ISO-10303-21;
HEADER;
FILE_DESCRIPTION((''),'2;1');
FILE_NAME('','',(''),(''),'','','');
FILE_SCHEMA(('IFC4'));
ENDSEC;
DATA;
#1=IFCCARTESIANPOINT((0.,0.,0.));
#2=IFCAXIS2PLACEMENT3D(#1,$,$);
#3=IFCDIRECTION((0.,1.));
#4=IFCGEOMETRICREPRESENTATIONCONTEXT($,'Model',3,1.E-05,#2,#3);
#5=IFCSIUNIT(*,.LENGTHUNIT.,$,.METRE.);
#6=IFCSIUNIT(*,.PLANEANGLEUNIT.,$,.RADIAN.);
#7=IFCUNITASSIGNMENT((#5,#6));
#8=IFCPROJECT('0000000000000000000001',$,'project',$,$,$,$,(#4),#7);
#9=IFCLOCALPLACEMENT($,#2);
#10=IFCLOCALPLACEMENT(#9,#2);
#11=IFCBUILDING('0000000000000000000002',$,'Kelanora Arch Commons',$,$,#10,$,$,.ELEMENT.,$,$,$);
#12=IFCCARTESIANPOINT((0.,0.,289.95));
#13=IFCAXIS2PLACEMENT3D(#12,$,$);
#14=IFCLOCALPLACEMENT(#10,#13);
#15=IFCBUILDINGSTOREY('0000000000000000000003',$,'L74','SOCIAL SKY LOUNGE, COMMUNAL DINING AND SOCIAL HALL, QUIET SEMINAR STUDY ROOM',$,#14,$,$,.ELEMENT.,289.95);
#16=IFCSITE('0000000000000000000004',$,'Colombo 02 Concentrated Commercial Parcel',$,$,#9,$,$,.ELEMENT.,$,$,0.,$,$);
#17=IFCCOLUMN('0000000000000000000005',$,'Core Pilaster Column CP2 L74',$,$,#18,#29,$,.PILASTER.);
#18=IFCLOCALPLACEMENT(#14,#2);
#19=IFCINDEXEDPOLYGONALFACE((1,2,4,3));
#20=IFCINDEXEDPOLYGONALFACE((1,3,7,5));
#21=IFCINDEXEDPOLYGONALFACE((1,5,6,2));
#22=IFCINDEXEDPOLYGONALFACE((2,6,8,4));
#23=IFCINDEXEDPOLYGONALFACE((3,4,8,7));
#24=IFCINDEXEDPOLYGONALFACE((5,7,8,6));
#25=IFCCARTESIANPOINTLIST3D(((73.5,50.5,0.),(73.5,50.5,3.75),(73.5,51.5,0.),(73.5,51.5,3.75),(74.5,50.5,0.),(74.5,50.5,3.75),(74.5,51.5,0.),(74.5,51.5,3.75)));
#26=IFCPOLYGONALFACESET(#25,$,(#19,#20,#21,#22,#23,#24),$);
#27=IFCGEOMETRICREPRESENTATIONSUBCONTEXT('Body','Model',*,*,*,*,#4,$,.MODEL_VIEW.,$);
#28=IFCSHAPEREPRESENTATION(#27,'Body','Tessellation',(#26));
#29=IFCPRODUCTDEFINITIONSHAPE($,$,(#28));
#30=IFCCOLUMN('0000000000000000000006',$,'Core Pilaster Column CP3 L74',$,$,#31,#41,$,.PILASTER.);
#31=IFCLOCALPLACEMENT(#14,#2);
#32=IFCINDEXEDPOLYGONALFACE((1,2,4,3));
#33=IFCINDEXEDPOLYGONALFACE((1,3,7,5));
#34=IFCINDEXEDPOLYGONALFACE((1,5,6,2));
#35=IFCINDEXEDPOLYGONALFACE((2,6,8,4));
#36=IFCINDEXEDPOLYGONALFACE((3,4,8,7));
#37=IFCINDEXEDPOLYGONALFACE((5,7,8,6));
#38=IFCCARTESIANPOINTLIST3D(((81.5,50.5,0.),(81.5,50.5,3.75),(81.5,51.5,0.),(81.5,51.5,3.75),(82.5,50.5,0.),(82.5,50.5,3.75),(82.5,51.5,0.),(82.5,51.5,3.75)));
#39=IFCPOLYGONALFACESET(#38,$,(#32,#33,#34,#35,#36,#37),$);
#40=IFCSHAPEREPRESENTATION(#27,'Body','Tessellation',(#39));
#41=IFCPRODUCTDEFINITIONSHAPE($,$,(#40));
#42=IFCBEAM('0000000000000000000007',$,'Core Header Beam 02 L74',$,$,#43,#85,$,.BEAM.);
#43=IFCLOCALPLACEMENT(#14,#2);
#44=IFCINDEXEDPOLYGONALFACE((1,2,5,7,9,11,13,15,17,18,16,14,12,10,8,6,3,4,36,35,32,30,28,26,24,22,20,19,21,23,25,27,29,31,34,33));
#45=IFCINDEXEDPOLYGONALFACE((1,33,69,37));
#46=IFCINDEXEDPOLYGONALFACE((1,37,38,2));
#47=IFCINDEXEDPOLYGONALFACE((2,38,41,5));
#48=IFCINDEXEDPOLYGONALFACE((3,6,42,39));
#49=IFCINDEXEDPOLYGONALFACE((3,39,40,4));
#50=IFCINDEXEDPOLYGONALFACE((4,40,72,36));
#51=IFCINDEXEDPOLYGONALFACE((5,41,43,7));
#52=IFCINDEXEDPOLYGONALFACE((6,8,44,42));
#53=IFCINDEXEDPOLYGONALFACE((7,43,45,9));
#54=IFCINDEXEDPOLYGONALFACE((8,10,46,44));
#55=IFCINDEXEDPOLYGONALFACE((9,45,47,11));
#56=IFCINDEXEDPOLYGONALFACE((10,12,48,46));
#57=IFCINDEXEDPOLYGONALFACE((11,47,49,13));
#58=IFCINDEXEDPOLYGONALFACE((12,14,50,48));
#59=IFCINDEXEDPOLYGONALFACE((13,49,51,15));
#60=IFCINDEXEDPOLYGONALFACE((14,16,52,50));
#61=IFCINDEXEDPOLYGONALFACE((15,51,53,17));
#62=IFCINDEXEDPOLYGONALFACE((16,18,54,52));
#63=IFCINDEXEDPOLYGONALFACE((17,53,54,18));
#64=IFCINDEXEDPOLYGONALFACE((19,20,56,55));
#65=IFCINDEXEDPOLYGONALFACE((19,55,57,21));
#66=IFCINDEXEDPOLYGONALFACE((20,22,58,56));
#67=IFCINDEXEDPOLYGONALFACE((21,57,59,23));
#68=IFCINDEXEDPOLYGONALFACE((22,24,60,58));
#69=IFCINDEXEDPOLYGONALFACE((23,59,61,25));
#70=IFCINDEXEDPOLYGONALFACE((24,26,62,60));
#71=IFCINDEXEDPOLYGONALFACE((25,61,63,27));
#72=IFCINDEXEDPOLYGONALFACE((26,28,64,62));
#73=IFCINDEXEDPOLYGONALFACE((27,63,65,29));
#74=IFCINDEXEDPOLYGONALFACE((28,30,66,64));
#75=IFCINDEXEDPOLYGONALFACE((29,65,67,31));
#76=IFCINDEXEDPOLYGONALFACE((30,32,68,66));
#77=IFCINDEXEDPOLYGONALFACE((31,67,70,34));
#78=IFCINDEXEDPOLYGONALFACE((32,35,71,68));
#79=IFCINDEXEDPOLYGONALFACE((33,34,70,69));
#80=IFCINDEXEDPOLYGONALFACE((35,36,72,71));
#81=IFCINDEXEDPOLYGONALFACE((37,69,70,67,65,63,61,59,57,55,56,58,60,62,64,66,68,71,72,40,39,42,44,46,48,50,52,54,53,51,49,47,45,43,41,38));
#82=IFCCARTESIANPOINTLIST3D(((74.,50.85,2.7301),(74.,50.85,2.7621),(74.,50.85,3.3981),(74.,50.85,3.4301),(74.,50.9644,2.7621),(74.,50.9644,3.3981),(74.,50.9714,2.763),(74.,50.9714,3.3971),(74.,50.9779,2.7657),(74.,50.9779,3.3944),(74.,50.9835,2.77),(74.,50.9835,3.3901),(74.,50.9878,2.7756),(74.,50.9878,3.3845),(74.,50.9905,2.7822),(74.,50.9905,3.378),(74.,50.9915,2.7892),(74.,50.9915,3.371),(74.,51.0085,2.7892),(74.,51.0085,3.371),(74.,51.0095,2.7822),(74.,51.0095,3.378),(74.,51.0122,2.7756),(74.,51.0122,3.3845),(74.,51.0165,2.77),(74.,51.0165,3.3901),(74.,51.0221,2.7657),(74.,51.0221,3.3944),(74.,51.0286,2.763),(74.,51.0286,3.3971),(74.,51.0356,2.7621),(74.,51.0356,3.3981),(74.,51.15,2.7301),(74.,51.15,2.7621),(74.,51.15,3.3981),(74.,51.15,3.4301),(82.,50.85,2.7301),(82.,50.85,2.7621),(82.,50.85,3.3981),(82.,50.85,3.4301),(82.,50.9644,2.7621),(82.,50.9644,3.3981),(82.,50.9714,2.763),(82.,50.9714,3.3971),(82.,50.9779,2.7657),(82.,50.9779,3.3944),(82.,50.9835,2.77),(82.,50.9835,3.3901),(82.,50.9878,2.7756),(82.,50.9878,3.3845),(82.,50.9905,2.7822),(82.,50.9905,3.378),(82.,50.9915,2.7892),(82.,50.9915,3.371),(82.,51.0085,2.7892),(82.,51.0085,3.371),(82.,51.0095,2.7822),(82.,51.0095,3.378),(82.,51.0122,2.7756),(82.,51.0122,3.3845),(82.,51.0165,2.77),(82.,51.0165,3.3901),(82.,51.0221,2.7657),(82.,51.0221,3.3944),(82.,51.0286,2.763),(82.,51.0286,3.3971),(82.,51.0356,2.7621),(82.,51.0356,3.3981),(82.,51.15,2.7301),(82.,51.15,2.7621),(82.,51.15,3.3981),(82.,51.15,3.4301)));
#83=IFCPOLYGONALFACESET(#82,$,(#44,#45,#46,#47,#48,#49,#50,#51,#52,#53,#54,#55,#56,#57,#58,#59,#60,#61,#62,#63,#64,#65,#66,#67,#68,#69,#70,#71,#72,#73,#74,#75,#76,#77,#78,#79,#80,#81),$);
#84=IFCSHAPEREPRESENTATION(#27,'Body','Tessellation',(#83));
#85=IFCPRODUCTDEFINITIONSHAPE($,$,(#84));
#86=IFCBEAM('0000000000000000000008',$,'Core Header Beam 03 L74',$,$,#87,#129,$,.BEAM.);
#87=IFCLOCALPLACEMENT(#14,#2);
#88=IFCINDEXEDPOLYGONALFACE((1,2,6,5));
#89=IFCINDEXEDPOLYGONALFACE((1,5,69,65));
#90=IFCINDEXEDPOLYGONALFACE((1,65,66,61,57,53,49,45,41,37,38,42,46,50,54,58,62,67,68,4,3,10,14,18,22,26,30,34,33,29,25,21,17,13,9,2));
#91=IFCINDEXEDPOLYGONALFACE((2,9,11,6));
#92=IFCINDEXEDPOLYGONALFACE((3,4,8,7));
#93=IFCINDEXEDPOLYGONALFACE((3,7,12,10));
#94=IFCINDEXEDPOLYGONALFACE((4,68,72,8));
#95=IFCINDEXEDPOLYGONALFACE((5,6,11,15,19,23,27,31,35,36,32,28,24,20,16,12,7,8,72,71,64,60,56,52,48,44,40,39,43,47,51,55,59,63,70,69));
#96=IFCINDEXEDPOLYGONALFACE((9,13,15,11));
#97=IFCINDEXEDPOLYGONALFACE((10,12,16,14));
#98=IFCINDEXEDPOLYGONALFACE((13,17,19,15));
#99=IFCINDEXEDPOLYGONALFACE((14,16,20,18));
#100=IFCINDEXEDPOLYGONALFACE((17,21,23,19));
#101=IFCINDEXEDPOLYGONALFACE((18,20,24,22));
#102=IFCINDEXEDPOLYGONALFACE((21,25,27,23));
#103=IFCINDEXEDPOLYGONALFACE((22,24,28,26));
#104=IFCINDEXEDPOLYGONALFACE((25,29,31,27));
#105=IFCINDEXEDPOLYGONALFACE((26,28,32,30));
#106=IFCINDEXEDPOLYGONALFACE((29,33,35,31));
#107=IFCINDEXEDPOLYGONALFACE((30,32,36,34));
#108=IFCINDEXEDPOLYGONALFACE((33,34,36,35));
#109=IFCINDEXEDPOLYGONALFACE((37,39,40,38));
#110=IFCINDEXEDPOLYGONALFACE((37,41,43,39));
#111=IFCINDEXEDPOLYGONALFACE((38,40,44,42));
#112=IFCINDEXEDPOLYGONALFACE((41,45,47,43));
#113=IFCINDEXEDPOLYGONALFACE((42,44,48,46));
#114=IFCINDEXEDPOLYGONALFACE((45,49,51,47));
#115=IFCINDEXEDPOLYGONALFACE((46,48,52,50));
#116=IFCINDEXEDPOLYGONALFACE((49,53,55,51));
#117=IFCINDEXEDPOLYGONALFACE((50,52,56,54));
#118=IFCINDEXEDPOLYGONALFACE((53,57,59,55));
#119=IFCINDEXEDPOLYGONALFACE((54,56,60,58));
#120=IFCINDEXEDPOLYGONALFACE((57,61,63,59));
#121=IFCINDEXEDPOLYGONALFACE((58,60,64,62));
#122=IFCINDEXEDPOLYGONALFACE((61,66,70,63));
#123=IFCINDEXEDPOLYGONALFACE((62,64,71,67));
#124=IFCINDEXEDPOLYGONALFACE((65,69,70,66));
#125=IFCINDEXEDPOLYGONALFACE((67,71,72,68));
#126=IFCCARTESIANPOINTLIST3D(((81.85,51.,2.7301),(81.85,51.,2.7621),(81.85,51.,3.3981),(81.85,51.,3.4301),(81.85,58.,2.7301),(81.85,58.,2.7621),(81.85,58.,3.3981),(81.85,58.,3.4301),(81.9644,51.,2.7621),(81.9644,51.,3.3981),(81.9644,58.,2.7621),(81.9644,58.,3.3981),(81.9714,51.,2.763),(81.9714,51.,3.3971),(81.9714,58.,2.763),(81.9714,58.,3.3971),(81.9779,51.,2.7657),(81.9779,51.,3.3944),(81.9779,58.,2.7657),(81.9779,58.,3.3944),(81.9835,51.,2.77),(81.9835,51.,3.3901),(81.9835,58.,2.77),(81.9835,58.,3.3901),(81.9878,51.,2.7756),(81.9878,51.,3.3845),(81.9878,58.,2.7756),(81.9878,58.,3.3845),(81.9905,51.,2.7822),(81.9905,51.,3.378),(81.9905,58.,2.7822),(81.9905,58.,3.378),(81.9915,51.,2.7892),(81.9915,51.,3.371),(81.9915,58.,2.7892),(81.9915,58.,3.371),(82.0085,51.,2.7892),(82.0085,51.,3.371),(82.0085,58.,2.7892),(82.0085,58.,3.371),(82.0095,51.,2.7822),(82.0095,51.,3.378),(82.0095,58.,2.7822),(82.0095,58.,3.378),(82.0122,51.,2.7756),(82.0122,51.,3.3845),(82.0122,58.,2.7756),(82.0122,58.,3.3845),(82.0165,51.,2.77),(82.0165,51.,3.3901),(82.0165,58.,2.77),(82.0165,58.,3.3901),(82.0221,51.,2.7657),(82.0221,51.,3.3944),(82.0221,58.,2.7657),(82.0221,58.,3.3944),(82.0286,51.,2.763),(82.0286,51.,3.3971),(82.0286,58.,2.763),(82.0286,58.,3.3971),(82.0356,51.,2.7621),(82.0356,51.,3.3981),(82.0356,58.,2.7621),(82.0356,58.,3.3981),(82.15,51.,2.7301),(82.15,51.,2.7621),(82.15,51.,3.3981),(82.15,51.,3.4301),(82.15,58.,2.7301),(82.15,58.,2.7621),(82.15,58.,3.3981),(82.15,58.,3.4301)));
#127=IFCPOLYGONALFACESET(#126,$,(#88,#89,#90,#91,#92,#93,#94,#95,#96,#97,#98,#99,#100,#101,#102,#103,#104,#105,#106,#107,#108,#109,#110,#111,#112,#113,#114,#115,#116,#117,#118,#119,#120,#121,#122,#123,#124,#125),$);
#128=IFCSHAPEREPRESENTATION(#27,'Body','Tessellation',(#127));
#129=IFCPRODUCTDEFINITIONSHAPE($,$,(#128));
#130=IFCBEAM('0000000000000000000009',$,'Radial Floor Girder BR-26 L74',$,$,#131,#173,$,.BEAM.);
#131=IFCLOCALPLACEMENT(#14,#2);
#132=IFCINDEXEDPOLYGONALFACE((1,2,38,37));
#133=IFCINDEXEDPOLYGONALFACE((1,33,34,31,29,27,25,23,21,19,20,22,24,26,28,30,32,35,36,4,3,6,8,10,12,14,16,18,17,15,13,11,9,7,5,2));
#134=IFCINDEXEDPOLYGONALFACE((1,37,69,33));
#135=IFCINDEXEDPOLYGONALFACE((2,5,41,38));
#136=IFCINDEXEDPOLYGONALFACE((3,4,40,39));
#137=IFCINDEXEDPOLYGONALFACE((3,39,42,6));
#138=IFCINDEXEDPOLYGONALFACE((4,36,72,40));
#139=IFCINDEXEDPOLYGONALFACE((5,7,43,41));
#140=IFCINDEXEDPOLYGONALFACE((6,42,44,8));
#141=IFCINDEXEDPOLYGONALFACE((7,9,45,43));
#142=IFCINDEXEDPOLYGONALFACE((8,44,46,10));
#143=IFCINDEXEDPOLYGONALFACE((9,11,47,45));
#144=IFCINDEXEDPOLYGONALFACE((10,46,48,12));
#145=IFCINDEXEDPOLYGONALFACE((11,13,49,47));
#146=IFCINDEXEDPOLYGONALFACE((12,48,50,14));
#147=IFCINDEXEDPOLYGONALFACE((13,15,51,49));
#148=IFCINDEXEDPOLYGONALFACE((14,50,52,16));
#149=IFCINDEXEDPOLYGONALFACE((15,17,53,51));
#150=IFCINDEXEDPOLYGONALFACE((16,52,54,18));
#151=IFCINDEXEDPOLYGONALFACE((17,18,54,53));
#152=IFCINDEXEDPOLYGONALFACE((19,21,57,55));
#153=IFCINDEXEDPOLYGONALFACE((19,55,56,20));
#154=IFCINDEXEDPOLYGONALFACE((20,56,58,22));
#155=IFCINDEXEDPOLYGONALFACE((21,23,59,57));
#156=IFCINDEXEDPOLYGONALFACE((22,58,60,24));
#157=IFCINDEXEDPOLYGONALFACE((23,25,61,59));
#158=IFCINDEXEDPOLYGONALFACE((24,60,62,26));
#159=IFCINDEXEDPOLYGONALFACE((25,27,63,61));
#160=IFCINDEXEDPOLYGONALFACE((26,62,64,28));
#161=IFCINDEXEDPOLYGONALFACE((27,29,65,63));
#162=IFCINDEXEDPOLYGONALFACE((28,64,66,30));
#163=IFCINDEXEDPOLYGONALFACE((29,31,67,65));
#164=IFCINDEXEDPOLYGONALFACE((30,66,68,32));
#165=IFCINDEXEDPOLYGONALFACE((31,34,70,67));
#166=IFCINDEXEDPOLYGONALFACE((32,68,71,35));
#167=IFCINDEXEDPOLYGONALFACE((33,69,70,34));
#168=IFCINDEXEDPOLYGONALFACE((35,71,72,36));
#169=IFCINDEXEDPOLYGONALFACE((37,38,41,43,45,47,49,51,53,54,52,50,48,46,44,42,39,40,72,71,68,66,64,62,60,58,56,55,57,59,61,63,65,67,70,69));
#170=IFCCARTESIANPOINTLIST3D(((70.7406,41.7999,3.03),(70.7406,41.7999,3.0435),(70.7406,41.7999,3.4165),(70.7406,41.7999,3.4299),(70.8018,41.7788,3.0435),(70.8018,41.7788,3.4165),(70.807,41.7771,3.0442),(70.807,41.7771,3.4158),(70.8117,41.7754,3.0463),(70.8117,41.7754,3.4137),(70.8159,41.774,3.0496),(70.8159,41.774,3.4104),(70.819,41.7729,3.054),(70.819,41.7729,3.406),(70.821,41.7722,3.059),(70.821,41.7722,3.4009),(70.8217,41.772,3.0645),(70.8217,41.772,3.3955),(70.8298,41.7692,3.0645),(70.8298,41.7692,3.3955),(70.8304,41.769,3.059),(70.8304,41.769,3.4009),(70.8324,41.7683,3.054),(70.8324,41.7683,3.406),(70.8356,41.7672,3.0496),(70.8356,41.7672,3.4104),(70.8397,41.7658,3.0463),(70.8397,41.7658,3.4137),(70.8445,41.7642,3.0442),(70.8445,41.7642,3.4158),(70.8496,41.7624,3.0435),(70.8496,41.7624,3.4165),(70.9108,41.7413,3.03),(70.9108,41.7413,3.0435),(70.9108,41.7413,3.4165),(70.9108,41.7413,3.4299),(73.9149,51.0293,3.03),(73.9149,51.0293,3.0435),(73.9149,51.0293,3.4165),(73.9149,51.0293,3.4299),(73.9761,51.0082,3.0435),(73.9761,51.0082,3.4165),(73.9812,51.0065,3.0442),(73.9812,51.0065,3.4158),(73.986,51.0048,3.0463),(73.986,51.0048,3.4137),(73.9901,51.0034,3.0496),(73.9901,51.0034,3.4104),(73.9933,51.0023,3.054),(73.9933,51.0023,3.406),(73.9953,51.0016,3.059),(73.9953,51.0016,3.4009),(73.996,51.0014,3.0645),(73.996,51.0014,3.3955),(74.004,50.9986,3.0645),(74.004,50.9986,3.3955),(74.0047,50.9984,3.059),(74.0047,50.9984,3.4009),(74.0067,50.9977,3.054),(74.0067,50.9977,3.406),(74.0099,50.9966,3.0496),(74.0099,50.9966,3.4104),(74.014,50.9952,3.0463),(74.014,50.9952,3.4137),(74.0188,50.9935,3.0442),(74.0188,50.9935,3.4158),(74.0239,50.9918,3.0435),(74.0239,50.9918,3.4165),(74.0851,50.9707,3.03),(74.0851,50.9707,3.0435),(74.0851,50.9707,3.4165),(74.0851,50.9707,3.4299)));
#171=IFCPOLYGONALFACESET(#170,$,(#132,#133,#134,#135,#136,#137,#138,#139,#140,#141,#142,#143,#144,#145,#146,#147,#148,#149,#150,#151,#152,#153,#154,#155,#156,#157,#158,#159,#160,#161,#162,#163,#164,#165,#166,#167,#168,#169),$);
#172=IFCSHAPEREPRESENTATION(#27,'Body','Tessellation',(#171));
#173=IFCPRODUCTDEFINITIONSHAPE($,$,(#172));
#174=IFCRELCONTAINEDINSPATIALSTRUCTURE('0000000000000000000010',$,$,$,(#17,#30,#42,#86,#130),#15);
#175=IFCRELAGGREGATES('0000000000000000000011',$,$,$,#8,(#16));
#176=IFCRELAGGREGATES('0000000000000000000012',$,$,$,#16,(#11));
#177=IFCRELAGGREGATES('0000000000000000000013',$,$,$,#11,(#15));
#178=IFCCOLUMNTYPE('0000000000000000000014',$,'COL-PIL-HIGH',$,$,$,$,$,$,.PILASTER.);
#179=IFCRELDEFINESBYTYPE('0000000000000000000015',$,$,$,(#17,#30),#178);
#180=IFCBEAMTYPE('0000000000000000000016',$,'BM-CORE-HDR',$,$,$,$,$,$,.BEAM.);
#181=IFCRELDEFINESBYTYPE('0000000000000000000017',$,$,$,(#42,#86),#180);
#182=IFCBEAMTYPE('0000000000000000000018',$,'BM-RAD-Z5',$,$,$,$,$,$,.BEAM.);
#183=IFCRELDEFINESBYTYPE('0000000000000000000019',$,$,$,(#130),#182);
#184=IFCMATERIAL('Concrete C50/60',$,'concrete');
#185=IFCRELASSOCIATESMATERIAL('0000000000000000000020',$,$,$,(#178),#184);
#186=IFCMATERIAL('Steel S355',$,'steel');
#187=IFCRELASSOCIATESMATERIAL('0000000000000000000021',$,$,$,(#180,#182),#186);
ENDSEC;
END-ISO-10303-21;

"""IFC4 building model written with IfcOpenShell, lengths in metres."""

from ifc_helpers import new_model, si_unit, direction, frame, origin, origin_2d, place, context, subcontext, project, spatial, rectangle, i_section, extrude, material, material_profile, profile_set, type_object, element, save


model = new_model("IFC4")

# Units and contexts
model_context = context("Model", 3, precision=1e-05, world=origin(), true_north=direction((0.0, 1.0)))
body_context = subcontext(model_context, "Body", "Model", "MODEL_VIEW")
ifc_project = project(units=[si_unit("LENGTHUNIT", "METRE"), si_unit("PLANEANGLEUNIT", "RADIAN")], contexts=[model_context])

# Site, building, storey
site_placement = place(None, origin())
site = spatial("IfcSite", under=ifc_project, at=site_placement, Name="Colombo 02 Concentrated Commercial Parcel", CompositionType="ELEMENT", RefElevation=0.0)
building_placement = place(site_placement, origin())
building = spatial("IfcBuilding", under=site, at=building_placement, Name="Kelanora Arch Commons", CompositionType="ELEMENT")
storey_placement = place(building_placement, frame((0.0, 0.0, 289.95)))
storey = spatial("IfcBuildingStorey", under=building, at=storey_placement, Name="L74", Description="SOCIAL SKY LOUNGE, COMMUNAL DINING AND SOCIAL HALL, QUIET SEMINAR STUDY ROOM", CompositionType="ELEMENT", Elevation=289.95)

# Columns
ifc_material_1 = material(Name="Concrete C50/60", Category="concrete")
ifc_material_profile_1 = material_profile(ifc_material_1, rectangle(XDim=1.0, YDim=1.0, at=origin_2d()), Name="RC1000x1000")
ifc_profile_set_1 = profile_set([ifc_material_profile_1], Name="Concrete C50/60")
column_type = type_object("IfcColumnType", Name="COL-PIL-HIGH", PredefinedType="PILASTER", material=ifc_profile_set_1)
for number, where, z_axis, x_axis, name in (
    (1, (74.0, 51.0, 0.0), (0.0, 0.0, 1.0), (1.0, 0.0, 0.0), "Core Pilaster Column CP2 L74"),
    (2, (82.0, 51.0, 0.0), (0.0, 0.0, 1.0), (1.0, 0.0, 0.0), "Core Pilaster Column CP3 L74"),
):
    element("IfcColumn", number, at=place(storey_placement, frame(where, z_axis=z_axis, x_axis=x_axis)), inside=storey, type_object=column_type, Name=name, PredefinedType="PILASTER", context=body_context, shape_type="SweptSolid", body=[
        extrude(rectangle(XDim=1.0, YDim=1.0, at=origin_2d()), origin(), (0.0, 0.0, 1.0), 3.75),
    ])

# Beams
ifc_material_2 = material(Name="Steel S355", Category="steel")
ifc_material_profile_2 = material_profile(ifc_material_2, i_section(OverallWidth=0.3, OverallDepth=0.7, WebThickness=0.0171, FlangeThickness=0.032, FilletRadius=0.0271, at=origin_2d()), Name="HEB700")
ifc_profile_set_2 = profile_set([ifc_material_profile_2], Name="Steel S355")
beam_type_1 = type_object("IfcBeamType", Name="BM-CORE-HDR", PredefinedType="BEAM", material=ifc_profile_set_2)
beam_1_placement = place(storey_placement, frame((74.0, 51.0, 3.0801), z_axis=(1.0, 0.0, 0.0), x_axis=(0.0, 1.0, 0.0)))
element("IfcBeam", 3, at=beam_1_placement, inside=storey, type_object=beam_type_1, Name="Core Header Beam 02 L74", PredefinedType="BEAM", context=body_context, shape_type="SweptSolid", body=[
    extrude(i_section(OverallWidth=0.3, OverallDepth=0.7, WebThickness=0.0171, FlangeThickness=0.032, FilletRadius=0.0271, at=origin_2d()), origin(), (0.0, 0.0, 1.0), 8.0),
])
beam_2_placement = place(storey_placement, frame((82.0, 51.0, 3.0801), z_axis=(0.0, 1.0, 0.0), x_axis=(-1.0, 0.0, 0.0)))
element("IfcBeam", 4, at=beam_2_placement, inside=storey, type_object=beam_type_1, Name="Core Header Beam 03 L74", PredefinedType="BEAM", context=body_context, shape_type="SweptSolid", body=[
    extrude(i_section(OverallWidth=0.3, OverallDepth=0.7, WebThickness=0.0171, FlangeThickness=0.032, FilletRadius=0.0271, at=origin_2d()), origin(), (0.0, 0.0, 1.0), 7.0),
])
ifc_material_profile_3 = material_profile(ifc_material_2, i_section(OverallWidth=0.1799, OverallDepth=0.3999, WebThickness=0.0085, FlangeThickness=0.0134, FilletRadius=0.021, at=origin_2d()), Name="IPE400")
ifc_profile_set_3 = profile_set([ifc_material_profile_3], Name="Steel S355")
beam_type_2 = type_object("IfcBeamType", Name="BM-RAD-Z5", PredefinedType="BEAM", material=ifc_profile_set_3)
for number, where, z_axis, x_axis, name in (
    (5, (74.0, 51.0, 3.23), (-0.325234, -0.945634, 0.0), (0.945634, -0.325234, 0.0), "Radial Floor Girder BR-26 L74"),
):
    element("IfcBeam", number, at=place(storey_placement, frame(where, z_axis=z_axis, x_axis=x_axis)), inside=storey, type_object=beam_type_2, Name=name, PredefinedType="BEAM", context=body_context, shape_type="SweptSolid", body=[
        extrude(i_section(OverallWidth=0.1799, OverallDepth=0.3999, WebThickness=0.0085, FlangeThickness=0.0134, FilletRadius=0.021, at=origin_2d()), origin(), (0.0, 0.0, 1.0), 9.76),
    ])

save(model, "model.ifc")
